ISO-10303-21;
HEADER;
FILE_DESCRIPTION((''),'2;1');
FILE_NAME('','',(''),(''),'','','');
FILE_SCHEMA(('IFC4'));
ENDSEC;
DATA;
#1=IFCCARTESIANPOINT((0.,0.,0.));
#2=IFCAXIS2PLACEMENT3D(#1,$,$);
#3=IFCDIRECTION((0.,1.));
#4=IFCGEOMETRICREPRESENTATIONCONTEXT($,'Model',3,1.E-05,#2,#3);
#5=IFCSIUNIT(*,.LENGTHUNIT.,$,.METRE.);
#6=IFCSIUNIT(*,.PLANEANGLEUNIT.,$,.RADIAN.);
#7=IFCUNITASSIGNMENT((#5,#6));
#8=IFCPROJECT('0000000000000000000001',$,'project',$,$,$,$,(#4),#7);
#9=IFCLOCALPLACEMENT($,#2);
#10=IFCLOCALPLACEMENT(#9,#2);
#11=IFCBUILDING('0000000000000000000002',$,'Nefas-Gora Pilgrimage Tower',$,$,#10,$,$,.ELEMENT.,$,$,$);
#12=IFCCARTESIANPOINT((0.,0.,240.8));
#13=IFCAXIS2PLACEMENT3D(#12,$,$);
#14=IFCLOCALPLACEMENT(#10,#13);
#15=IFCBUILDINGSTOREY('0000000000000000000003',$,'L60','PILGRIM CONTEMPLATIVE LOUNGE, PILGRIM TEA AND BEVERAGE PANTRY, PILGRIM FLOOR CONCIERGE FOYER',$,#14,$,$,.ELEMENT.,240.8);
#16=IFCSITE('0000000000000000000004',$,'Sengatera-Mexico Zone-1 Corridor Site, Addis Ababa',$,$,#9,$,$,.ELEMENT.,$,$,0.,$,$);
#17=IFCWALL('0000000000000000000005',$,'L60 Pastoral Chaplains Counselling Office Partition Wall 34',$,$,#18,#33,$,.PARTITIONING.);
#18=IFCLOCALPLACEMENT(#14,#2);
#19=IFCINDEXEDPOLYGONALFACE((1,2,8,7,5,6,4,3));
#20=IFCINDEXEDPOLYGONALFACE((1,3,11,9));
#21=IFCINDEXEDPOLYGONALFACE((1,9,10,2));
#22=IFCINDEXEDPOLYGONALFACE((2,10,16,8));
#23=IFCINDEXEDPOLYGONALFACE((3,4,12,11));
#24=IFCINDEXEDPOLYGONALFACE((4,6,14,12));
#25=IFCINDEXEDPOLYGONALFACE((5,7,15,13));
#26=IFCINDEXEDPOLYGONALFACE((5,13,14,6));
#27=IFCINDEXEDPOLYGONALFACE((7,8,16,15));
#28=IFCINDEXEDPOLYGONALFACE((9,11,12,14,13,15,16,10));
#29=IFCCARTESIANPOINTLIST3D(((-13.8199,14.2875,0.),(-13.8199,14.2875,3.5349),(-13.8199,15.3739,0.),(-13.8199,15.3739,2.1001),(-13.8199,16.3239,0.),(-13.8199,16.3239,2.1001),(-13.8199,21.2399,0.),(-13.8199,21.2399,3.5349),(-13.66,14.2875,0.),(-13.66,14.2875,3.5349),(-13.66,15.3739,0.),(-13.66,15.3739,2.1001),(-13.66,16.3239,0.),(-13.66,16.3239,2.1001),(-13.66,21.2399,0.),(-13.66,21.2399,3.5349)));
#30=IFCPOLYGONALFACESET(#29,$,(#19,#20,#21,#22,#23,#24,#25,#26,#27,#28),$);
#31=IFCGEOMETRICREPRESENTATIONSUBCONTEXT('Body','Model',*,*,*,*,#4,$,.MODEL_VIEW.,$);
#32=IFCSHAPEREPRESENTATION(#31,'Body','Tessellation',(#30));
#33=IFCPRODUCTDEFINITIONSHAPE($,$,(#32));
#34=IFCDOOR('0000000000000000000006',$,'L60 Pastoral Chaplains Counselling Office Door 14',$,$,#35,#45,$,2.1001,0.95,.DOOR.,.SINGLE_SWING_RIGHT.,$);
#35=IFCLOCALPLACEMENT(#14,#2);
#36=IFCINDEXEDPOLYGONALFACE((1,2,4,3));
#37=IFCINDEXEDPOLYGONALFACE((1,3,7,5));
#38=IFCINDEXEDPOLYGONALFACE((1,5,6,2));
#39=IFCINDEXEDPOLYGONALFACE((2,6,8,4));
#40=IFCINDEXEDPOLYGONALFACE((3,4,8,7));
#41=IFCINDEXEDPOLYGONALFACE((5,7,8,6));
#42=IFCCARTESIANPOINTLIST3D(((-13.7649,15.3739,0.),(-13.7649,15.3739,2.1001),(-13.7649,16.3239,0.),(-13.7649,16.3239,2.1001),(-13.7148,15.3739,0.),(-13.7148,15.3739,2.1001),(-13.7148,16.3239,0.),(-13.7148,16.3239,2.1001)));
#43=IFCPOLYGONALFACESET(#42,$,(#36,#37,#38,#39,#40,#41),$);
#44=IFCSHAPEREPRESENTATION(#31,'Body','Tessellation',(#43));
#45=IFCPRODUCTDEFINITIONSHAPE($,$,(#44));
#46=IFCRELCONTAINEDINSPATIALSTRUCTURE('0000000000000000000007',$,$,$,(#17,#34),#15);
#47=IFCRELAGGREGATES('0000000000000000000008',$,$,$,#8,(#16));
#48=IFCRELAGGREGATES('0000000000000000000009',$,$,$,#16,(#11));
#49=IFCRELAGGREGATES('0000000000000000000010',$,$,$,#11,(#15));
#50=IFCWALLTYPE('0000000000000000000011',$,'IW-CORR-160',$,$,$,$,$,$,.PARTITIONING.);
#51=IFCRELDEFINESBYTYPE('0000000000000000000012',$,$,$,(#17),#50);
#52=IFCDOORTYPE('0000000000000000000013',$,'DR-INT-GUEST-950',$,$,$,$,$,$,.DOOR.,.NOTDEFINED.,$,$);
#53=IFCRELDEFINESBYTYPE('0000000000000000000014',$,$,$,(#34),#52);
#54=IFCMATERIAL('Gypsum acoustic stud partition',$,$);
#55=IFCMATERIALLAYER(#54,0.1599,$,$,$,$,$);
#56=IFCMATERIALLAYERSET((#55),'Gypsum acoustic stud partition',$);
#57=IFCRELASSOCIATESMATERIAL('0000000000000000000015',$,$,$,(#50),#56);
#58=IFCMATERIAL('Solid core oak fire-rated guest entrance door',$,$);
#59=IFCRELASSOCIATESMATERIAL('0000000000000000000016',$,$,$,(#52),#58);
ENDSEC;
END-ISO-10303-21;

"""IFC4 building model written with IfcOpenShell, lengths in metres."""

from ifc_helpers import new_model, si_unit, direction, frame, frame_2d, origin, place, context, subcontext, project, spatial, rectangle, extrude, source, transform, mapped, material, layer, layer_set, type_object, element, fill, save


model = new_model("IFC4")

# Units and contexts
model_context = context("Model", 3, precision=1e-05, world=origin(), true_north=direction((0.0, 1.0)))
body_context = subcontext(model_context, "Body", "Model", "MODEL_VIEW")
ifc_project = project(units=[si_unit("LENGTHUNIT", "METRE"), si_unit("PLANEANGLEUNIT", "RADIAN")], contexts=[model_context])

# Site, building, storey
site_placement = place(None, origin())
site = spatial("IfcSite", under=ifc_project, at=site_placement, Name="Sengatera-Mexico Zone-1 Corridor Site, Addis Ababa", CompositionType="ELEMENT", RefElevation=0.0)
building_placement = place(site_placement, origin())
building = spatial("IfcBuilding", under=site, at=building_placement, Name="Nefas-Gora Pilgrimage Tower", CompositionType="ELEMENT")
storey_placement = place(building_placement, frame((0.0, 0.0, 240.8)))
storey = spatial("IfcBuildingStorey", under=building, at=storey_placement, Name="L60", Description="PILGRIM CONTEMPLATIVE LOUNGE, PILGRIM TEA AND BEVERAGE PANTRY, PILGRIM FLOOR CONCIERGE FOYER", CompositionType="ELEMENT", Elevation=240.8)

# Shared definitions
ifc_material_1 = material(Name="Gypsum acoustic stud partition")
ifc_layer_1 = layer(ifc_material_1, 0.1599)
ifc_layer_set_1 = layer_set([ifc_layer_1], Name="Gypsum acoustic stud partition")
wall_type_1 = type_object("IfcWallType", Name="IW-CORR-160", PredefinedType="PARTITIONING", material=ifc_layer_set_1)
ifc_material_2 = material(Name="Solid core oak fire-rated guest entrance door")
door_type_1 = type_object("IfcDoorType", Name="DR-INT-GUEST-950", OperationType="NOTDEFINED", PredefinedType="DOOR", material=ifc_material_2)
shared_shape_1 = source(origin(), body_context, "Body", "SweptSolid", [
    extrude(rectangle(XDim=0.95, YDim=2.1001, at=frame_2d((0.4751, 1.05))), frame((0.0, 0.0249, 0.0), z_axis=(0.0, -1.0, 0.0), x_axis=(1.0, 0.0, 0.0)), (0.0, 0.0, 1.0), 0.05),
])

# Wall, opening, door
shared_shape_2 = source(origin(), body_context, "Body", "SweptSolid", [
    extrude(rectangle(XDim=6.9524, YDim=0.1599, at=frame_2d((3.4761, 0.0))), origin(), (0.0, 0.0, 1.0), 3.5349),
])
wall_1_placement = place(storey_placement, frame((-13.74, 14.2876, 0.0), z_axis=(0.0, 0.0, 1.0), x_axis=(0.0, 1.0, 0.0)))
wall_1 = element("IfcWall", 1, at=wall_1_placement, inside=storey, type_object=wall_type_1, Name="L60 Pastoral Chaplains Counselling Office Partition Wall 34", PredefinedType="PARTITIONING", context=body_context, shape_type="MappedRepresentation", body=[
    mapped(shared_shape_2, transform((0.0, 0.0, 0.0), x_axis=(1.0, 0.0, 0.0), y_axis=(0.0, 1.0, 0.0), z_axis=(0.0, 0.0, 1.0), scale=1.0)),
])
opening_1_placement = place(wall_1_placement, frame((1.0862, 0.0, 0.0)))
opening_1 = element("IfcOpeningElement", 2, at=opening_1_placement, cuts=wall_1, PredefinedType="OPENING", context=body_context, shape_type="SweptSolid", body=[
    extrude(rectangle(XDim=0.95, YDim=2.1001, at=frame_2d((0.4751, 1.05))), frame((0.0, 0.0898, 0.0), z_axis=(0.0, -1.0, 0.0), x_axis=(1.0, 0.0, 0.0)), (0.0, 0.0, 1.0), 0.1799),
])
door_1_placement = place(opening_1_placement, origin())
door_1 = element("IfcDoor", 3, at=door_1_placement, inside=storey, type_object=door_type_1, Name="L60 Pastoral Chaplains Counselling Office Door 14", OperationType="SINGLE_SWING_RIGHT", OverallHeight=2.1001, OverallWidth=0.95, PredefinedType="DOOR", context=body_context, shape_type="MappedRepresentation", body=[
    mapped(shared_shape_1, transform((0.0, 0.0, 0.0), x_axis=(1.0, 0.0, 0.0), y_axis=(0.0, 1.0, 0.0), z_axis=(0.0, 0.0, 1.0), scale=1.0)),
])
fill(opening_1, door_1)

save(model, "model.ifc")
